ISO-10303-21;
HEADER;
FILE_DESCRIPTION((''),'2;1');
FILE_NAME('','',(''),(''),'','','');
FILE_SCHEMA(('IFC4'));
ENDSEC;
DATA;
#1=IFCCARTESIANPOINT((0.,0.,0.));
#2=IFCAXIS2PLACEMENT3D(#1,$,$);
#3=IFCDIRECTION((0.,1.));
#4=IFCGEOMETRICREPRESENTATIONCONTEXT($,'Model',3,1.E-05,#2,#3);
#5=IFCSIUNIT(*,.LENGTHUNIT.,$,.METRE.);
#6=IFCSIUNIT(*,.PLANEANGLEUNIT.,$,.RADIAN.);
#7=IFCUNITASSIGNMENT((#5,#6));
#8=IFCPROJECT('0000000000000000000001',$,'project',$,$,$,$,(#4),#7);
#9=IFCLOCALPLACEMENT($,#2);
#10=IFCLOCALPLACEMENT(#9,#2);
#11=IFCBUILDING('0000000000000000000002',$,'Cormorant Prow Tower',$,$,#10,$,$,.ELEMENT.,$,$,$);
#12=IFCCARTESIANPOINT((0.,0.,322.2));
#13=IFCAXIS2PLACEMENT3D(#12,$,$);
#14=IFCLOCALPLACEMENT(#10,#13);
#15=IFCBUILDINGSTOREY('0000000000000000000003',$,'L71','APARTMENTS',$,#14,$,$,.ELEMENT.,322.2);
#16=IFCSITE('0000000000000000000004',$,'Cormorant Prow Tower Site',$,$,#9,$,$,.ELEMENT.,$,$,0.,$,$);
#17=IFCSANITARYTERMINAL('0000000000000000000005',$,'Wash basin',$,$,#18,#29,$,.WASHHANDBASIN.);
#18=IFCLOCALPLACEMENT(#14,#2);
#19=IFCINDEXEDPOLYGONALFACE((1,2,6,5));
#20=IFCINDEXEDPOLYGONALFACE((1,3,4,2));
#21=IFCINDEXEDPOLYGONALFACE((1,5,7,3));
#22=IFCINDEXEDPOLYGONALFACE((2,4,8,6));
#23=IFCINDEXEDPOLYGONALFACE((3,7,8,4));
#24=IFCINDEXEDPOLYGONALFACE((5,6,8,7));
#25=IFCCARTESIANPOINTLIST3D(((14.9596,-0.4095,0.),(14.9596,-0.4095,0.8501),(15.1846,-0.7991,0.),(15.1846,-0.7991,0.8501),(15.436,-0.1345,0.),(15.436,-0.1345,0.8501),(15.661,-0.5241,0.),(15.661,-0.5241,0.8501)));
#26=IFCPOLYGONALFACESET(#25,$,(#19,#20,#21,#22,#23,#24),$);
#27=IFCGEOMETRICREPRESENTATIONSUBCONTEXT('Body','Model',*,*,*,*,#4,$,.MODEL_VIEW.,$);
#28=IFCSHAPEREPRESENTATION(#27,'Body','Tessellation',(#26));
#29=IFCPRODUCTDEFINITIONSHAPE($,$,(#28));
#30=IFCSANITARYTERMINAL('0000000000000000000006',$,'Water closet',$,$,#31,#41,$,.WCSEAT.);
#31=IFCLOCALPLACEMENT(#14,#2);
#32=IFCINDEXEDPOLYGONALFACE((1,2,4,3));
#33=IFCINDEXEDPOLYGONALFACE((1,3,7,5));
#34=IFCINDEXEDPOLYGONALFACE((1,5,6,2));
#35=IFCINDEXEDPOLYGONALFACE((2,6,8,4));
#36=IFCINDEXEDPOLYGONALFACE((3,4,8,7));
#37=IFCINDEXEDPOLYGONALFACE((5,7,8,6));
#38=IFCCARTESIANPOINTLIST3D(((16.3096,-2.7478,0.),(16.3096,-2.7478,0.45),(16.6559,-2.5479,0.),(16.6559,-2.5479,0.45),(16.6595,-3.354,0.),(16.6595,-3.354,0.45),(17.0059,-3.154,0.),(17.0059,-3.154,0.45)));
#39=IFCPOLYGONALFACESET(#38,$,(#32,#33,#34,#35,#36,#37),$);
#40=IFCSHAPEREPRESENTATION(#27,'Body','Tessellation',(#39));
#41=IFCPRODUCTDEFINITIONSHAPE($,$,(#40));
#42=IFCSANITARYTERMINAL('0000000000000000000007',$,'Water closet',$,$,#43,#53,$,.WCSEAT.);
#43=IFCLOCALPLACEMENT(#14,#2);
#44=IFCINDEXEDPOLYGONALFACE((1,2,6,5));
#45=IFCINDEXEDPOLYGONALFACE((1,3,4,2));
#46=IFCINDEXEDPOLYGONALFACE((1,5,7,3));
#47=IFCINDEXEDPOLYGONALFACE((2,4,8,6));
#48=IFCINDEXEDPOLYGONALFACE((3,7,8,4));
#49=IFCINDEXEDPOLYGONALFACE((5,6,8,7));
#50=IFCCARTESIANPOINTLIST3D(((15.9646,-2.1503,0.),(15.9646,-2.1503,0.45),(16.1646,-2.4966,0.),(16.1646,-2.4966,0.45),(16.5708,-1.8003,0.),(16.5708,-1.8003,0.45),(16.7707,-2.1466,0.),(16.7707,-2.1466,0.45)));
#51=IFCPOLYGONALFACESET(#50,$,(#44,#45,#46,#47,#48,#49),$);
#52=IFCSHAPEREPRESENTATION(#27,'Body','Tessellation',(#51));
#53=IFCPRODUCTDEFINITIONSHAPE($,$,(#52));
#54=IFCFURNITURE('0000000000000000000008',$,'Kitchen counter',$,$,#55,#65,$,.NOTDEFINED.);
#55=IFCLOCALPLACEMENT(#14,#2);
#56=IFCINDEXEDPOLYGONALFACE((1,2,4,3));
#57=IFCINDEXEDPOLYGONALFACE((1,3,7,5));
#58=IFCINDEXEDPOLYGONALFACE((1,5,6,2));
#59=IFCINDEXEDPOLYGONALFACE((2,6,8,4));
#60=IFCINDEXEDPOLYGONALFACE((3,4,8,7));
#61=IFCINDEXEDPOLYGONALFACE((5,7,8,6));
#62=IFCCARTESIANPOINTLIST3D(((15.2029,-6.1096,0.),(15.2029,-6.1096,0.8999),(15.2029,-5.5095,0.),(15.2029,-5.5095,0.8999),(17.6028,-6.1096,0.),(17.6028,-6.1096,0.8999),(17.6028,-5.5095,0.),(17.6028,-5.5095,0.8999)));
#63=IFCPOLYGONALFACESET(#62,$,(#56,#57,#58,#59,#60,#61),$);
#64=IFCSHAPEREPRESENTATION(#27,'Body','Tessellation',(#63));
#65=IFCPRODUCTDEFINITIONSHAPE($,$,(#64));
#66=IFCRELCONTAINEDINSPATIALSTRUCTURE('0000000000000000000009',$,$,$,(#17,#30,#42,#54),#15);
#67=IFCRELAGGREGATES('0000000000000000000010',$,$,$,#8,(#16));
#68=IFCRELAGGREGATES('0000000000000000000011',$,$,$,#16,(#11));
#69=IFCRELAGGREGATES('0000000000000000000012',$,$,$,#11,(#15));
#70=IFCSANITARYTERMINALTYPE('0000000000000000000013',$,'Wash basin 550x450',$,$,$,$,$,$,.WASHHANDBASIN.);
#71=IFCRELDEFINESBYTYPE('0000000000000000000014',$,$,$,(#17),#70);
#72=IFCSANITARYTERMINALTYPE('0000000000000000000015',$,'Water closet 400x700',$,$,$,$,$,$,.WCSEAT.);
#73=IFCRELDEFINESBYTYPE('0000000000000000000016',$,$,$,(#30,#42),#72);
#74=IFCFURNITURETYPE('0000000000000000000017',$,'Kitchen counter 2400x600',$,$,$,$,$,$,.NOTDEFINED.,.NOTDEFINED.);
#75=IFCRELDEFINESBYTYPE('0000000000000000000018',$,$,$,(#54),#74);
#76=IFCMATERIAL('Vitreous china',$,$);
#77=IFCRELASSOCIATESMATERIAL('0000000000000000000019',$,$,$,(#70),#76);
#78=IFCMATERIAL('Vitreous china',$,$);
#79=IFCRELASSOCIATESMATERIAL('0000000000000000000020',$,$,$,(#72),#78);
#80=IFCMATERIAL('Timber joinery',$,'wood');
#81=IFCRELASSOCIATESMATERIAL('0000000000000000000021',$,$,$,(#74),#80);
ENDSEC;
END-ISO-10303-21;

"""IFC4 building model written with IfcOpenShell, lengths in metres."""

from ifc_helpers import new_model, si_unit, direction, frame, origin, origin_2d, place, context, subcontext, project, spatial, rectangle, extrude, material, type_object, element, save


model = new_model("IFC4")

# Units and contexts
model_context = context("Model", 3, precision=1e-05, world=origin(), true_north=direction((0.0, 1.0)))
body_context = subcontext(model_context, "Body", "Model", "MODEL_VIEW")
ifc_project = project(units=[si_unit("LENGTHUNIT", "METRE"), si_unit("PLANEANGLEUNIT", "RADIAN")], contexts=[model_context])

# Site, building, storey
site_placement = place(None, origin())
site = spatial("IfcSite", under=ifc_project, at=site_placement, Name="Cormorant Prow Tower Site", CompositionType="ELEMENT", RefElevation=0.0)
building_placement = place(site_placement, origin())
building = spatial("IfcBuilding", under=site, at=building_placement, Name="Cormorant Prow Tower", CompositionType="ELEMENT")
storey_placement = place(building_placement, frame((0.0, 0.0, 322.2)))
storey = spatial("IfcBuildingStorey", under=building, at=storey_placement, Name="L71", Description="APARTMENTS", CompositionType="ELEMENT", Elevation=322.2)

# Sanitary terminals
ifc_material_1 = material(Name="Vitreous china")
sanitary_terminal_type_1 = type_object("IfcSanitaryTerminalType", Name="Wash basin 550x450", PredefinedType="WASHHANDBASIN", material=ifc_material_1)
for number, where, z_axis, x_axis, name in (
    (1, (15.3103, -0.4668, 0.0), (0.0, 0.0, 1.0), (0.866025, 0.5, 0.0), "Wash basin"),
):
    element("IfcSanitaryTerminal", number, at=place(storey_placement, frame(where, z_axis=z_axis, x_axis=x_axis)), inside=storey, type_object=sanitary_terminal_type_1, Name=name, PredefinedType="WASHHANDBASIN", context=body_context, shape_type="SweptSolid", body=[
        extrude(rectangle(XDim=0.55, YDim=0.45, at=origin_2d()), origin(), (0.0, 0.0, 1.0), 0.8501),
    ])
ifc_material_2 = material(Name="Vitreous china")
sanitary_terminal_type_2 = type_object("IfcSanitaryTerminalType", Name="Water closet 400x700", PredefinedType="WCSEAT", material=ifc_material_2)
for number, where, z_axis, x_axis, name in (
    (2, (16.6577, -2.9509, 0.0), (0.0, 0.0, 1.0), (0.866025, 0.5, 0.0), "Water closet"),
    (3, (16.3677, -2.1484, 0.0), (0.0, 0.0, 1.0), (-0.5, 0.866025, 0.0), "Water closet"),
):
    element("IfcSanitaryTerminal", number, at=place(storey_placement, frame(where, z_axis=z_axis, x_axis=x_axis)), inside=storey, type_object=sanitary_terminal_type_2, Name=name, PredefinedType="WCSEAT", context=body_context, shape_type="SweptSolid", body=[
        extrude(rectangle(XDim=0.3999, YDim=0.7, at=origin_2d()), origin(), (0.0, 0.0, 1.0), 0.45),
    ])

# Furniture
ifc_material_3 = material(Name="Timber joinery", Category="wood")
furniture_type = type_object("IfcFurnitureType", Name="Kitchen counter 2400x600", AssemblyPlace="NOTDEFINED", PredefinedType="NOTDEFINED", material=ifc_material_3)
furniture_placement = place(storey_placement, frame((16.4028, -5.8096, 0.0), z_axis=(0.0, 0.0, 1.0), x_axis=(1.0, 0.0, 0.0)))
element("IfcFurniture", 4, at=furniture_placement, inside=storey, type_object=furniture_type, Name="Kitchen counter", PredefinedType="NOTDEFINED", context=body_context, shape_type="SweptSolid", body=[
    extrude(rectangle(XDim=2.3999, YDim=0.6001, at=origin_2d()), origin(), (0.0, 0.0, 1.0), 0.8999),
])

save(model, "model.ifc")
